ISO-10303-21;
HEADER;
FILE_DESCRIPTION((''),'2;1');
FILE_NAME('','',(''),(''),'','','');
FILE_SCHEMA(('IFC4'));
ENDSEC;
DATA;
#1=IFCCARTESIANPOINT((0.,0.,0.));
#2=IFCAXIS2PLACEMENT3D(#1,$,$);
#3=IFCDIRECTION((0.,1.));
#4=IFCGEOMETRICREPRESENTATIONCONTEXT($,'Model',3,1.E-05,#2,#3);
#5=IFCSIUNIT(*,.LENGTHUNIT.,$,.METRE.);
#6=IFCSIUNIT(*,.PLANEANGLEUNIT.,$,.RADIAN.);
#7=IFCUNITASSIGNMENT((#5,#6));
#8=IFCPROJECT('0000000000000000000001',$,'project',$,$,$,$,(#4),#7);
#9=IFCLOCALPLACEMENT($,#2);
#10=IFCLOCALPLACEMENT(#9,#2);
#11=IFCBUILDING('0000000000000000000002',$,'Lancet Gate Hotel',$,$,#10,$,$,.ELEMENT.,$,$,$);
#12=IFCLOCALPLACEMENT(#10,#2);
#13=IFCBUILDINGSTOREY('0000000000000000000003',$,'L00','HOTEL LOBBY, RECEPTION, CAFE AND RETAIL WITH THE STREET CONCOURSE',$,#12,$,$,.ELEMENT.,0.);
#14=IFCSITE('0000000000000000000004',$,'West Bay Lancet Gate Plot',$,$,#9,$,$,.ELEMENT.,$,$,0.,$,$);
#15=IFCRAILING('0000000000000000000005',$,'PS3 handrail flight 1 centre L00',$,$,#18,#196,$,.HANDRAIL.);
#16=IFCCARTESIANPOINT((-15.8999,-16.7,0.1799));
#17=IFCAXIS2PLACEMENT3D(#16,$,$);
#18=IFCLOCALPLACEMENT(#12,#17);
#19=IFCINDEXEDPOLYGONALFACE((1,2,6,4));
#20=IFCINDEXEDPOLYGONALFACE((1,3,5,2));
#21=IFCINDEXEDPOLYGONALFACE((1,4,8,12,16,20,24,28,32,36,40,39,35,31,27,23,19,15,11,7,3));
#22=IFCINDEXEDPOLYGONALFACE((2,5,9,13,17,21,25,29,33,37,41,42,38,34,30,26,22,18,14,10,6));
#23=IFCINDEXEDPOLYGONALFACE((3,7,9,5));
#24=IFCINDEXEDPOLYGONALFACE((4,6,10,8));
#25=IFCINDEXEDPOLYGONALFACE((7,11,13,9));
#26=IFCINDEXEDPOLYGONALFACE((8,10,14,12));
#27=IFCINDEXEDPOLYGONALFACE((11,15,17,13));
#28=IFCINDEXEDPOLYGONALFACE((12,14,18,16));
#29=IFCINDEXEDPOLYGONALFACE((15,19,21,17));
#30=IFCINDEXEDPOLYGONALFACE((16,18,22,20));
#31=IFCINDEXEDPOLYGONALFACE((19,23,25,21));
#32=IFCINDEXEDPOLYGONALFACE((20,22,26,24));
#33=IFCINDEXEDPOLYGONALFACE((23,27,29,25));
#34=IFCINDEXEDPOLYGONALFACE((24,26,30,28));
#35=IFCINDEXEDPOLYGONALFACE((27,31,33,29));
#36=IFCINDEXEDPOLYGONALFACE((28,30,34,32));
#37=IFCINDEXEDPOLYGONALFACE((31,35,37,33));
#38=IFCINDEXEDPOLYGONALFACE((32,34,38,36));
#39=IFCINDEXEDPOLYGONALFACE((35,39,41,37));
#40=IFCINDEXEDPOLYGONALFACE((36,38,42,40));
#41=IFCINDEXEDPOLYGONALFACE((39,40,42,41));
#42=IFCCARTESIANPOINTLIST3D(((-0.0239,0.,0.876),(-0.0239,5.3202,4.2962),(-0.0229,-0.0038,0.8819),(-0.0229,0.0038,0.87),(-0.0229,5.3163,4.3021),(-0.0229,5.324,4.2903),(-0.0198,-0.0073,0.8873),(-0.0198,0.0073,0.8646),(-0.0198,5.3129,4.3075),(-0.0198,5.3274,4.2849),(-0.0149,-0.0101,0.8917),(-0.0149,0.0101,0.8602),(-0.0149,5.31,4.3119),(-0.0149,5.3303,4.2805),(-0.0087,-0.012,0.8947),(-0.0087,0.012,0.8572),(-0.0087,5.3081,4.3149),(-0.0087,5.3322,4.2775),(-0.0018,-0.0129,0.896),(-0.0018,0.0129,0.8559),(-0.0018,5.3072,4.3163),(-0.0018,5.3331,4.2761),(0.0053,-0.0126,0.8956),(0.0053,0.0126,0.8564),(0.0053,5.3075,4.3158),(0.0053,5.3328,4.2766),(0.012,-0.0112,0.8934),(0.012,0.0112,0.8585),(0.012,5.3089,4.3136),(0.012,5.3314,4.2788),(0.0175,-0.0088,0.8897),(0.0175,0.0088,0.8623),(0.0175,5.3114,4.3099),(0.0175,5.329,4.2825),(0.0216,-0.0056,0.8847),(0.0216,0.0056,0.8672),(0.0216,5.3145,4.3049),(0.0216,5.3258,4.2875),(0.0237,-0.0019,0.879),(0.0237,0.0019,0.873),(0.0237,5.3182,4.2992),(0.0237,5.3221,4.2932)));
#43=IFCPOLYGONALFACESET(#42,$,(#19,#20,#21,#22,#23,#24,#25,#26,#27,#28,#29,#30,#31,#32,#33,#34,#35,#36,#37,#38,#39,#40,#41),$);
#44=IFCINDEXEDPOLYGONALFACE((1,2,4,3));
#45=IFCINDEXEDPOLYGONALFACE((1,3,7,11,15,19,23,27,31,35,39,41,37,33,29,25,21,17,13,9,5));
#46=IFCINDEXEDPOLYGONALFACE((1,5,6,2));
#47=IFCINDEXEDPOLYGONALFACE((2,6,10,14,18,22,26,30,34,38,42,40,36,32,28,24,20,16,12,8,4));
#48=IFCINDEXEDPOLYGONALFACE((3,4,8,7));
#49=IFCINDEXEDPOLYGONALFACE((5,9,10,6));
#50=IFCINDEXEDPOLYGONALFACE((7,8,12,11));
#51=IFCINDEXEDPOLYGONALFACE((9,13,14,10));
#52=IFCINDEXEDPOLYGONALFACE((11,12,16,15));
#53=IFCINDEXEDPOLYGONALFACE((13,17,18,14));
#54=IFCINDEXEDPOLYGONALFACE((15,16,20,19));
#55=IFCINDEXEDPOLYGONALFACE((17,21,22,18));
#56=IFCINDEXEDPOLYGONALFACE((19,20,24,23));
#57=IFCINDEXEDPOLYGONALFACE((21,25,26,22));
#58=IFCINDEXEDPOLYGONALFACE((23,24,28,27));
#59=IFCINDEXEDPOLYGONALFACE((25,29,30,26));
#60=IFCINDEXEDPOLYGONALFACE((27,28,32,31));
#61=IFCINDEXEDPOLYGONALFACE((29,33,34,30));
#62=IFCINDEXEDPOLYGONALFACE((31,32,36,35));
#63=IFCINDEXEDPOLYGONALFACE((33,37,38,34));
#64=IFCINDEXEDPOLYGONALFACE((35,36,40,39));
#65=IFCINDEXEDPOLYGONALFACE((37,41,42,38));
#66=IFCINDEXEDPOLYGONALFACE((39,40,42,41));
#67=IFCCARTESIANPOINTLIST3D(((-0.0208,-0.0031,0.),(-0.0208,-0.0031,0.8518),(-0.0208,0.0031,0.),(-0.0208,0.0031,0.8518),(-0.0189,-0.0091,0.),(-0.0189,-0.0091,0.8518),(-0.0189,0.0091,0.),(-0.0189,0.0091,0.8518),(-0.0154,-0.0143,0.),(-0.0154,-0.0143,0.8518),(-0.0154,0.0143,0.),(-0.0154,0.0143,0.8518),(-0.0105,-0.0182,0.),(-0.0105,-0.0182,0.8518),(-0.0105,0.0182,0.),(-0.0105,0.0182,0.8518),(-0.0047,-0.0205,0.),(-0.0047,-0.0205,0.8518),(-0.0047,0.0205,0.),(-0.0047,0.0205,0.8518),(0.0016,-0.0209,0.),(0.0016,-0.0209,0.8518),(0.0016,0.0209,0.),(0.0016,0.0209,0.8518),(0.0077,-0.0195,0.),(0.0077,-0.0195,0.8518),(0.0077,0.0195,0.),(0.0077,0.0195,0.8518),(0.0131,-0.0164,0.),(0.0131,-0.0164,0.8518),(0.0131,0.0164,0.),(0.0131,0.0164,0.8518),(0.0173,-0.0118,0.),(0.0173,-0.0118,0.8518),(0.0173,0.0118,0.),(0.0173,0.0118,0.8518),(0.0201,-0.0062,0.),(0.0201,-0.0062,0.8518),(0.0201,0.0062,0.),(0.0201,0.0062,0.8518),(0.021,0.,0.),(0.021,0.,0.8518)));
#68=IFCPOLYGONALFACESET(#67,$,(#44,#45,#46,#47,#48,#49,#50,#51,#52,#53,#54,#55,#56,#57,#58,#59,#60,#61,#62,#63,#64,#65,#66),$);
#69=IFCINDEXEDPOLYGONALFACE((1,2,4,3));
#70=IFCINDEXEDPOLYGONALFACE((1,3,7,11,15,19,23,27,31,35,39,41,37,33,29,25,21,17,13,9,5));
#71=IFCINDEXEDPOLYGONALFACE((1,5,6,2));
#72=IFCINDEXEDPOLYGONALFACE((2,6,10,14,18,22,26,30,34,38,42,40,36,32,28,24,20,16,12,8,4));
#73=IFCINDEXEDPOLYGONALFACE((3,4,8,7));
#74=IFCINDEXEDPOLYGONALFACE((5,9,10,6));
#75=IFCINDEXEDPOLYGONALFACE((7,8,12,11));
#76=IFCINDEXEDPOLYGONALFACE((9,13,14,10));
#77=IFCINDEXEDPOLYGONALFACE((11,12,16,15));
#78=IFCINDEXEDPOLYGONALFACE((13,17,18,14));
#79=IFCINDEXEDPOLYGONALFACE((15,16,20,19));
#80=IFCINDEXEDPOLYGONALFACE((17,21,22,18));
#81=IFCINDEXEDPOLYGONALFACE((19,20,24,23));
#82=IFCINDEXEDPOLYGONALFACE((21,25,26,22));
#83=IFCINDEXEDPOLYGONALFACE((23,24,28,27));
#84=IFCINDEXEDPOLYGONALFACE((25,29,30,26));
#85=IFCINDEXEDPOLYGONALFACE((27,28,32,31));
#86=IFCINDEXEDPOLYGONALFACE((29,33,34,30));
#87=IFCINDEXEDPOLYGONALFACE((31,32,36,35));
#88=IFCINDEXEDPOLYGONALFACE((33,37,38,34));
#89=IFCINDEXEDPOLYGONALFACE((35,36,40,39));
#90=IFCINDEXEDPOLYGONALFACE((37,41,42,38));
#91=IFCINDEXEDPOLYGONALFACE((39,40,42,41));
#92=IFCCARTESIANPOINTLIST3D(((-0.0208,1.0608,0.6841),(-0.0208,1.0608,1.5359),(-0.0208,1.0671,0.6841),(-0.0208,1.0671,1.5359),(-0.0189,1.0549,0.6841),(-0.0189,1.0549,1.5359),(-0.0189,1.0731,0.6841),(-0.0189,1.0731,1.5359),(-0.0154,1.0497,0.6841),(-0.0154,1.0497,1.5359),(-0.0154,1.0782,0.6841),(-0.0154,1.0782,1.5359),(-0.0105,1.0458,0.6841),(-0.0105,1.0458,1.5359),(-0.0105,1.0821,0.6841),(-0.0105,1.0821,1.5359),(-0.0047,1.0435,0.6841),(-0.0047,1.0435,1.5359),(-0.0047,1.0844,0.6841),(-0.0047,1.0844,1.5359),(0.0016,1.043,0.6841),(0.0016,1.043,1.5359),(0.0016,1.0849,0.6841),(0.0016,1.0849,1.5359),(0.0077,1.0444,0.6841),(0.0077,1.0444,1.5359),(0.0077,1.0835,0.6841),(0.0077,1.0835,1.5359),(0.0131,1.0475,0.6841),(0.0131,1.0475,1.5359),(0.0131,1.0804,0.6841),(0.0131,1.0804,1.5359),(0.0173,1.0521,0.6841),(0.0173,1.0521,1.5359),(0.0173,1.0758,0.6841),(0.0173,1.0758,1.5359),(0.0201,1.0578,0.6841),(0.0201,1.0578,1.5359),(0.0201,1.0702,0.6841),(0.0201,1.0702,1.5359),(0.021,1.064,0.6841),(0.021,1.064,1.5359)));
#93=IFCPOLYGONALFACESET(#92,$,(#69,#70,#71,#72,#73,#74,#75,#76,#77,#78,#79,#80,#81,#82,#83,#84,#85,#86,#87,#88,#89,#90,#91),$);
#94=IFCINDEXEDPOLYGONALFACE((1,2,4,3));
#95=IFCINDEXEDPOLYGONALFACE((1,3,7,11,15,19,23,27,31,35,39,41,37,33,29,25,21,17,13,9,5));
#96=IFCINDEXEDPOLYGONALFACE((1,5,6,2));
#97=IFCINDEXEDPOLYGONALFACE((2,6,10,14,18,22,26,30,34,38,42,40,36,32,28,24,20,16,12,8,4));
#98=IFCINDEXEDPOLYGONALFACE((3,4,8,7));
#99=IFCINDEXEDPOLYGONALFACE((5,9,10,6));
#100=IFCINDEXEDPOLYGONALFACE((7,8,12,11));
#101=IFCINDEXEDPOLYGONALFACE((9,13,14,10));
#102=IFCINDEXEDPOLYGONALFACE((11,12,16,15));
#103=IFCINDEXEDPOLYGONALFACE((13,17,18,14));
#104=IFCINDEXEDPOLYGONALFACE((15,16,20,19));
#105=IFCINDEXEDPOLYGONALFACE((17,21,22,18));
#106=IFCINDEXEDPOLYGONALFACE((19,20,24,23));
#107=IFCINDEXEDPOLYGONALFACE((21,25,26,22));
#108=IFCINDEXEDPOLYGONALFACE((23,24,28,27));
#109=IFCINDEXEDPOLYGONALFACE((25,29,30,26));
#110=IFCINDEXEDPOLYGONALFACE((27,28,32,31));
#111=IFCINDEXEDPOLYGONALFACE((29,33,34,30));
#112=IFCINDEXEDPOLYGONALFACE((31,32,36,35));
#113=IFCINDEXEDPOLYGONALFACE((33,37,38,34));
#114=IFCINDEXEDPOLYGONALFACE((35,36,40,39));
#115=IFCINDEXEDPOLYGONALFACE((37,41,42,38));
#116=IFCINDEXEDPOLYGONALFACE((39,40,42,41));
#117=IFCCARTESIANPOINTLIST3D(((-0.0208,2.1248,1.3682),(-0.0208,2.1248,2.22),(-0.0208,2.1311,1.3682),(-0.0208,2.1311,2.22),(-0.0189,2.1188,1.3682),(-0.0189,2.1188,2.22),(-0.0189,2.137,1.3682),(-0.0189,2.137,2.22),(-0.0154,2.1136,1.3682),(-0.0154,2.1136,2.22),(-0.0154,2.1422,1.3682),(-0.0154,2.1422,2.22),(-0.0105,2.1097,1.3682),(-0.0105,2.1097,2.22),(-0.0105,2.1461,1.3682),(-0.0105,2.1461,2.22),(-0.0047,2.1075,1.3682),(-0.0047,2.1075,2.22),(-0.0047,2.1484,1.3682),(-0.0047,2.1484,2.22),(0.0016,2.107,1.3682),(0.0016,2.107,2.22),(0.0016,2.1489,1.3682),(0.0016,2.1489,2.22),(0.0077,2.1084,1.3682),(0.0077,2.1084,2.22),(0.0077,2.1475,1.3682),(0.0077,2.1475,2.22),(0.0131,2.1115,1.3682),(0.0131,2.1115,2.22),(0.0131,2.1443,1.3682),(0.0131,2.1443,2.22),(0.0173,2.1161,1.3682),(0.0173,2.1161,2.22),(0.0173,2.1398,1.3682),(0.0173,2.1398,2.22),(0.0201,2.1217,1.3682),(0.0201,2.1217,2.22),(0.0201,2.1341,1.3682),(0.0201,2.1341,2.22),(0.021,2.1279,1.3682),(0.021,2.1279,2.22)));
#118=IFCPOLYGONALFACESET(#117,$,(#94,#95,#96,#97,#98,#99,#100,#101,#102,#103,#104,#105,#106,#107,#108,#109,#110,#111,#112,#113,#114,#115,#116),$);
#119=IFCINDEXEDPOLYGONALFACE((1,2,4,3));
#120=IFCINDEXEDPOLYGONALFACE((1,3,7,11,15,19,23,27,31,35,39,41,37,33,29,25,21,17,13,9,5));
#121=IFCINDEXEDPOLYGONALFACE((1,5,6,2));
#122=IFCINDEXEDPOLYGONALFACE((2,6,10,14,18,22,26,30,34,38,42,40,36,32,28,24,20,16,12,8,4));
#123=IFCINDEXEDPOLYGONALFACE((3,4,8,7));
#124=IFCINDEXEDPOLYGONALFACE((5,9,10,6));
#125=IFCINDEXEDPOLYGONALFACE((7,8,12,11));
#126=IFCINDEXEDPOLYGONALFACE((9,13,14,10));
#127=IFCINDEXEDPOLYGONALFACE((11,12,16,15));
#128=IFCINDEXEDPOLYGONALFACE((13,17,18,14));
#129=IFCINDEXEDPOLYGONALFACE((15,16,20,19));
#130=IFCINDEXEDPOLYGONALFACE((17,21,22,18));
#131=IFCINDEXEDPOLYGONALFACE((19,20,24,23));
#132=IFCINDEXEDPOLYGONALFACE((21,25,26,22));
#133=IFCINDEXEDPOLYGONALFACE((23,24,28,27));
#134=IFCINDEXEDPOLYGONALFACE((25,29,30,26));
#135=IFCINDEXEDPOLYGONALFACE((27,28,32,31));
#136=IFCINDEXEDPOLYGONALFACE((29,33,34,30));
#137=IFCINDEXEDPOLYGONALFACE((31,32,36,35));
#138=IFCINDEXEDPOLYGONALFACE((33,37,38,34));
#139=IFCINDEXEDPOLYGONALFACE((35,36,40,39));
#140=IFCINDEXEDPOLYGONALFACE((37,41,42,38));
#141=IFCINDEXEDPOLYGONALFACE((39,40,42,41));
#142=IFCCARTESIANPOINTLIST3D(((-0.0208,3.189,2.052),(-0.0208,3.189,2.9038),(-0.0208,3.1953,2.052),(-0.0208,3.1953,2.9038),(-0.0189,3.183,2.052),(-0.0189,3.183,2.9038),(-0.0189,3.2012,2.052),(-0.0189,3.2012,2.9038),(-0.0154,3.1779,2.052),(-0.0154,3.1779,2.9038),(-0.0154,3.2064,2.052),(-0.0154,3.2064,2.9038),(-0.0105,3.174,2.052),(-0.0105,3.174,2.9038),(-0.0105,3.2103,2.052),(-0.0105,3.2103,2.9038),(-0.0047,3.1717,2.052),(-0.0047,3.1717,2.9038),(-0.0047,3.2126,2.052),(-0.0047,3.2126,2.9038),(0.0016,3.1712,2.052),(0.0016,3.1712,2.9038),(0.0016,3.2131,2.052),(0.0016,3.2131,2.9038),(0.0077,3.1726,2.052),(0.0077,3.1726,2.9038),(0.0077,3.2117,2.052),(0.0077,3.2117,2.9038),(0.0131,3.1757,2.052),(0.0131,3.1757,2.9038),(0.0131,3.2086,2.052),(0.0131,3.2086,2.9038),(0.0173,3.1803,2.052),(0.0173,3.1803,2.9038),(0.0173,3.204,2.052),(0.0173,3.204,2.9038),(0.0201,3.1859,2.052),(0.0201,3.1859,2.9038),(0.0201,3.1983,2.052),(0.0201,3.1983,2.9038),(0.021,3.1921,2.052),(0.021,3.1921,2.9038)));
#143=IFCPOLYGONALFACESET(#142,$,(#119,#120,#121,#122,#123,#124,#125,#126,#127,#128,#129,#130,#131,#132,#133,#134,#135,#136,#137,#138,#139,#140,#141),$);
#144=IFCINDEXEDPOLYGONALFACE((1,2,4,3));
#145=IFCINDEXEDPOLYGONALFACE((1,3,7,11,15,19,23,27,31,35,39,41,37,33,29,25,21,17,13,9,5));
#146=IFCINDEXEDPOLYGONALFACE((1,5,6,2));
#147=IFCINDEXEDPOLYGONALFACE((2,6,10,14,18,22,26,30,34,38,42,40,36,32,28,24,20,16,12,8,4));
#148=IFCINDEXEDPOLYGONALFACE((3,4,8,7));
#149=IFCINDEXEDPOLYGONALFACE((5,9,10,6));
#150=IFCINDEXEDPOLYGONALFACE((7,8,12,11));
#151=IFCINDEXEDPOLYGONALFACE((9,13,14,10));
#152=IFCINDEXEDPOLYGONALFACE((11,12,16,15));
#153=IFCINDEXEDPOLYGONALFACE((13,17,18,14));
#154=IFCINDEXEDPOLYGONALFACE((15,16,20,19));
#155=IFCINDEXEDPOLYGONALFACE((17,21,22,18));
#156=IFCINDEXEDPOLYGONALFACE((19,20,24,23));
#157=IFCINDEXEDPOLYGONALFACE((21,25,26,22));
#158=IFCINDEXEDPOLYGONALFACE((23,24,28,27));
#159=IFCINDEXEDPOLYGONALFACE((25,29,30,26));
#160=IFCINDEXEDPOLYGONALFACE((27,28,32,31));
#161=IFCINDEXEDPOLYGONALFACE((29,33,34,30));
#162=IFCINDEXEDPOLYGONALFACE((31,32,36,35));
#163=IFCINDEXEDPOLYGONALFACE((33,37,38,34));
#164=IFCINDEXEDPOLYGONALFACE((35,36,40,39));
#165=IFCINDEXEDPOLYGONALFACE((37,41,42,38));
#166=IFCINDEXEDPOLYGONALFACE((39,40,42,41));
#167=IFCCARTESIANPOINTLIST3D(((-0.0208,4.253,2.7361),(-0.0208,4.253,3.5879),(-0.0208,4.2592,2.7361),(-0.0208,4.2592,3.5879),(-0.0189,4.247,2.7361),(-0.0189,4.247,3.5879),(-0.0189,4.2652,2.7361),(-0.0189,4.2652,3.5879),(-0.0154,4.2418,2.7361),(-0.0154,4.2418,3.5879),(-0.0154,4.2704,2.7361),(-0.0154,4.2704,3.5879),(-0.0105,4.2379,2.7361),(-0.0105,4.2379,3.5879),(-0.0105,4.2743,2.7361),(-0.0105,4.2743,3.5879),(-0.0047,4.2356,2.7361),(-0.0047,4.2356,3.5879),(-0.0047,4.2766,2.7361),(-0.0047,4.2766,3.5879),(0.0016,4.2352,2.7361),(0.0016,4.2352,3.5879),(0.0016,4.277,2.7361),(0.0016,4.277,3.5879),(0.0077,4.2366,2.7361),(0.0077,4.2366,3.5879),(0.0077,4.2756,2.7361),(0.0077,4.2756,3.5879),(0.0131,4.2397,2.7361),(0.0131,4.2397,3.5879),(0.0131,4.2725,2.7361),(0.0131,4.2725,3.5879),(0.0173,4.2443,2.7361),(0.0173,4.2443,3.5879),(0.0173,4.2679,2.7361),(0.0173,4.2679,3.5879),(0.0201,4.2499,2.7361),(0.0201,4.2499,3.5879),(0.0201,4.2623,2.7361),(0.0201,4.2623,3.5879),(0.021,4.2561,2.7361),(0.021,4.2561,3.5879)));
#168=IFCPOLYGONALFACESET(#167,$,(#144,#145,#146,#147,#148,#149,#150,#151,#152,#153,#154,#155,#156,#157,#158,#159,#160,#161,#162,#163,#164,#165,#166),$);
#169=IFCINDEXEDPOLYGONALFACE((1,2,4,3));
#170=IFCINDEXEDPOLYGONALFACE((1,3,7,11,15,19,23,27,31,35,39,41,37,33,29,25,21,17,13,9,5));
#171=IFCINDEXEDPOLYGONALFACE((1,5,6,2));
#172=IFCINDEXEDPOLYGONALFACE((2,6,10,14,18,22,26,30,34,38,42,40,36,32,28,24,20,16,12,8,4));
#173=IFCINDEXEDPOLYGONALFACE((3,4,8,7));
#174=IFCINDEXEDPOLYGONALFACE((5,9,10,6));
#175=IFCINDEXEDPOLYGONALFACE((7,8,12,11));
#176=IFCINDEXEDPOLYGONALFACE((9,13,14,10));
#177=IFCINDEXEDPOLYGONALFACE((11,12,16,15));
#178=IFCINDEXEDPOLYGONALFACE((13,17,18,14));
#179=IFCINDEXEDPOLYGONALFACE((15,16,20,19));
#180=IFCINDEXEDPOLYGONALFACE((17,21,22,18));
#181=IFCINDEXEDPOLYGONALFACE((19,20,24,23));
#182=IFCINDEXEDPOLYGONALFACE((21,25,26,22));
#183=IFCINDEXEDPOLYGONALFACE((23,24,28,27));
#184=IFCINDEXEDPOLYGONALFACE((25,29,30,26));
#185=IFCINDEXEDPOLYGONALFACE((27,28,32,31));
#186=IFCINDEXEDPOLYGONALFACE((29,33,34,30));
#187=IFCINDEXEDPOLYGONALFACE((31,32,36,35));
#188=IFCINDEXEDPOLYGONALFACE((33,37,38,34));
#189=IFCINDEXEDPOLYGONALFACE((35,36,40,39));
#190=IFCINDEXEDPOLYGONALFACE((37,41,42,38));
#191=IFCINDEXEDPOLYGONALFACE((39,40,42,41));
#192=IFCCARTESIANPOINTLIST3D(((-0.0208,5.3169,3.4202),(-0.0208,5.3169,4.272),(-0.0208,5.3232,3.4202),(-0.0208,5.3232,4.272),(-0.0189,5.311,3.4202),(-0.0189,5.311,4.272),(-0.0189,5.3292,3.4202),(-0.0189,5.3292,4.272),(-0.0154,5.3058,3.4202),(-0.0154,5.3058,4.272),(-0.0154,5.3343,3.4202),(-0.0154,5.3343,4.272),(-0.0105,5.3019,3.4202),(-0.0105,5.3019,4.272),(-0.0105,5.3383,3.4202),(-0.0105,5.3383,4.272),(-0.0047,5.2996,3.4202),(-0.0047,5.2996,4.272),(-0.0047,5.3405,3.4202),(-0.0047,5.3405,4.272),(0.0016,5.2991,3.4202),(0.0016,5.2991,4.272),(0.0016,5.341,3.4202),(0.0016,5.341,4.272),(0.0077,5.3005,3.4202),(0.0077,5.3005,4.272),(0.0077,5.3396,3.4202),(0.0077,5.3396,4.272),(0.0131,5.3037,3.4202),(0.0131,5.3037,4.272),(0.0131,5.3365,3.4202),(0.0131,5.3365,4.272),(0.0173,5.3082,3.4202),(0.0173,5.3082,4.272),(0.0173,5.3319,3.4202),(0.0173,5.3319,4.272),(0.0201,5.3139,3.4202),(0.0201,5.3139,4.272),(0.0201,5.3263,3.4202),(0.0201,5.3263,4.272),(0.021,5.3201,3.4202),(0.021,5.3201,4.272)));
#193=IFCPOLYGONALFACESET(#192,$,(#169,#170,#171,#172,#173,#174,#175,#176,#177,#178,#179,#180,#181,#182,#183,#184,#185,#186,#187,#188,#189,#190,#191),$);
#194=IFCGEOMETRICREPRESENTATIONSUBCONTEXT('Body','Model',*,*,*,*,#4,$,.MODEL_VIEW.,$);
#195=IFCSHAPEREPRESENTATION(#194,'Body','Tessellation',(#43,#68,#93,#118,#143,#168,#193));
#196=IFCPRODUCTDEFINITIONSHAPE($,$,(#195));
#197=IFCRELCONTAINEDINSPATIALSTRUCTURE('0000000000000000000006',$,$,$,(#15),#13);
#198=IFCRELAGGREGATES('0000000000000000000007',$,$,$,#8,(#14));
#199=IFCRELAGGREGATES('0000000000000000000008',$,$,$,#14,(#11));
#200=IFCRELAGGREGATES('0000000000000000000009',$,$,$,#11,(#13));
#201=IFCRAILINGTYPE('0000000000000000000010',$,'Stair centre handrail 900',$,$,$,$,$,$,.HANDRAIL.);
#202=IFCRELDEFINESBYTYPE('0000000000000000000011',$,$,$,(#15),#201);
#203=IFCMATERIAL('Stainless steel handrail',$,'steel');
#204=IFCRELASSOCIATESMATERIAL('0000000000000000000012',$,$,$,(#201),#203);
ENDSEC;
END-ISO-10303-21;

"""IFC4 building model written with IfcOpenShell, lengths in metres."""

from ifc_helpers import new_model, si_unit, direction, frame, origin, origin_2d, place, context, subcontext, project, spatial, circle, extrude, material, type_object, element, save


model = new_model("IFC4")

# Units and contexts
model_context = context("Model", 3, precision=1e-05, world=origin(), true_north=direction((0.0, 1.0)))
body_context = subcontext(model_context, "Body", "Model", "MODEL_VIEW")
ifc_project = project(units=[si_unit("LENGTHUNIT", "METRE"), si_unit("PLANEANGLEUNIT", "RADIAN")], contexts=[model_context])

# Site, building, storey
site_placement = place(None, origin())
site = spatial("IfcSite", under=ifc_project, at=site_placement, Name="West Bay Lancet Gate Plot", CompositionType="ELEMENT", RefElevation=0.0)
building_placement = place(site_placement, origin())
building = spatial("IfcBuilding", under=site, at=building_placement, Name="Lancet Gate Hotel", CompositionType="ELEMENT")
storey_placement = place(building_placement, origin())
storey = spatial("IfcBuildingStorey", under=building, at=storey_placement, Name="L00", Description="HOTEL LOBBY, RECEPTION, CAFE AND RETAIL WITH THE STREET CONCOURSE", CompositionType="ELEMENT", Elevation=0.0)

# Railing
ifc_material_1 = material(Name="Stainless steel handrail", Category="steel")
railing_type_1 = type_object("IfcRailingType", Name="Stair centre handrail 900", PredefinedType="HANDRAIL", material=ifc_material_1)
railing_1_placement = place(storey_placement, frame((-15.8999, -16.7, 0.1799)))
element("IfcRailing", 1, at=railing_1_placement, inside=storey, type_object=railing_type_1, Name="PS3 handrail flight 1 centre L00", PredefinedType="HANDRAIL", context=body_context, shape_type="SweptSolid", body=[
    extrude(circle(Radius=0.0239, at=origin_2d()), frame((0.0, 0.0, 0.876), z_axis=(0.0, 0.84117, 0.540771), x_axis=(-1.0, 0.0, 0.0)), (0.0, 0.0, 1.0), 6.3247),
    extrude(circle(Radius=0.021, at=origin_2d()), origin(), (0.0, 0.0, 1.0), 0.8518),
    extrude(circle(Radius=0.021, at=origin_2d()), frame((0.0, 1.064, 0.6841)), (0.0, 0.0, 1.0), 0.8518),
    extrude(circle(Radius=0.021, at=origin_2d()), frame((0.0, 2.1279, 1.3682)), (0.0, 0.0, 1.0), 0.8518),
    extrude(circle(Radius=0.021, at=origin_2d()), frame((0.0, 3.1921, 2.052)), (0.0, 0.0, 1.0), 0.8518),
    extrude(circle(Radius=0.021, at=origin_2d()), frame((0.0, 4.2561, 2.7361)), (0.0, 0.0, 1.0), 0.8518),
    extrude(circle(Radius=0.021, at=origin_2d()), frame((0.0, 5.3201, 3.4202)), (0.0, 0.0, 1.0), 0.8518),
])

save(model, "model.ifc")
